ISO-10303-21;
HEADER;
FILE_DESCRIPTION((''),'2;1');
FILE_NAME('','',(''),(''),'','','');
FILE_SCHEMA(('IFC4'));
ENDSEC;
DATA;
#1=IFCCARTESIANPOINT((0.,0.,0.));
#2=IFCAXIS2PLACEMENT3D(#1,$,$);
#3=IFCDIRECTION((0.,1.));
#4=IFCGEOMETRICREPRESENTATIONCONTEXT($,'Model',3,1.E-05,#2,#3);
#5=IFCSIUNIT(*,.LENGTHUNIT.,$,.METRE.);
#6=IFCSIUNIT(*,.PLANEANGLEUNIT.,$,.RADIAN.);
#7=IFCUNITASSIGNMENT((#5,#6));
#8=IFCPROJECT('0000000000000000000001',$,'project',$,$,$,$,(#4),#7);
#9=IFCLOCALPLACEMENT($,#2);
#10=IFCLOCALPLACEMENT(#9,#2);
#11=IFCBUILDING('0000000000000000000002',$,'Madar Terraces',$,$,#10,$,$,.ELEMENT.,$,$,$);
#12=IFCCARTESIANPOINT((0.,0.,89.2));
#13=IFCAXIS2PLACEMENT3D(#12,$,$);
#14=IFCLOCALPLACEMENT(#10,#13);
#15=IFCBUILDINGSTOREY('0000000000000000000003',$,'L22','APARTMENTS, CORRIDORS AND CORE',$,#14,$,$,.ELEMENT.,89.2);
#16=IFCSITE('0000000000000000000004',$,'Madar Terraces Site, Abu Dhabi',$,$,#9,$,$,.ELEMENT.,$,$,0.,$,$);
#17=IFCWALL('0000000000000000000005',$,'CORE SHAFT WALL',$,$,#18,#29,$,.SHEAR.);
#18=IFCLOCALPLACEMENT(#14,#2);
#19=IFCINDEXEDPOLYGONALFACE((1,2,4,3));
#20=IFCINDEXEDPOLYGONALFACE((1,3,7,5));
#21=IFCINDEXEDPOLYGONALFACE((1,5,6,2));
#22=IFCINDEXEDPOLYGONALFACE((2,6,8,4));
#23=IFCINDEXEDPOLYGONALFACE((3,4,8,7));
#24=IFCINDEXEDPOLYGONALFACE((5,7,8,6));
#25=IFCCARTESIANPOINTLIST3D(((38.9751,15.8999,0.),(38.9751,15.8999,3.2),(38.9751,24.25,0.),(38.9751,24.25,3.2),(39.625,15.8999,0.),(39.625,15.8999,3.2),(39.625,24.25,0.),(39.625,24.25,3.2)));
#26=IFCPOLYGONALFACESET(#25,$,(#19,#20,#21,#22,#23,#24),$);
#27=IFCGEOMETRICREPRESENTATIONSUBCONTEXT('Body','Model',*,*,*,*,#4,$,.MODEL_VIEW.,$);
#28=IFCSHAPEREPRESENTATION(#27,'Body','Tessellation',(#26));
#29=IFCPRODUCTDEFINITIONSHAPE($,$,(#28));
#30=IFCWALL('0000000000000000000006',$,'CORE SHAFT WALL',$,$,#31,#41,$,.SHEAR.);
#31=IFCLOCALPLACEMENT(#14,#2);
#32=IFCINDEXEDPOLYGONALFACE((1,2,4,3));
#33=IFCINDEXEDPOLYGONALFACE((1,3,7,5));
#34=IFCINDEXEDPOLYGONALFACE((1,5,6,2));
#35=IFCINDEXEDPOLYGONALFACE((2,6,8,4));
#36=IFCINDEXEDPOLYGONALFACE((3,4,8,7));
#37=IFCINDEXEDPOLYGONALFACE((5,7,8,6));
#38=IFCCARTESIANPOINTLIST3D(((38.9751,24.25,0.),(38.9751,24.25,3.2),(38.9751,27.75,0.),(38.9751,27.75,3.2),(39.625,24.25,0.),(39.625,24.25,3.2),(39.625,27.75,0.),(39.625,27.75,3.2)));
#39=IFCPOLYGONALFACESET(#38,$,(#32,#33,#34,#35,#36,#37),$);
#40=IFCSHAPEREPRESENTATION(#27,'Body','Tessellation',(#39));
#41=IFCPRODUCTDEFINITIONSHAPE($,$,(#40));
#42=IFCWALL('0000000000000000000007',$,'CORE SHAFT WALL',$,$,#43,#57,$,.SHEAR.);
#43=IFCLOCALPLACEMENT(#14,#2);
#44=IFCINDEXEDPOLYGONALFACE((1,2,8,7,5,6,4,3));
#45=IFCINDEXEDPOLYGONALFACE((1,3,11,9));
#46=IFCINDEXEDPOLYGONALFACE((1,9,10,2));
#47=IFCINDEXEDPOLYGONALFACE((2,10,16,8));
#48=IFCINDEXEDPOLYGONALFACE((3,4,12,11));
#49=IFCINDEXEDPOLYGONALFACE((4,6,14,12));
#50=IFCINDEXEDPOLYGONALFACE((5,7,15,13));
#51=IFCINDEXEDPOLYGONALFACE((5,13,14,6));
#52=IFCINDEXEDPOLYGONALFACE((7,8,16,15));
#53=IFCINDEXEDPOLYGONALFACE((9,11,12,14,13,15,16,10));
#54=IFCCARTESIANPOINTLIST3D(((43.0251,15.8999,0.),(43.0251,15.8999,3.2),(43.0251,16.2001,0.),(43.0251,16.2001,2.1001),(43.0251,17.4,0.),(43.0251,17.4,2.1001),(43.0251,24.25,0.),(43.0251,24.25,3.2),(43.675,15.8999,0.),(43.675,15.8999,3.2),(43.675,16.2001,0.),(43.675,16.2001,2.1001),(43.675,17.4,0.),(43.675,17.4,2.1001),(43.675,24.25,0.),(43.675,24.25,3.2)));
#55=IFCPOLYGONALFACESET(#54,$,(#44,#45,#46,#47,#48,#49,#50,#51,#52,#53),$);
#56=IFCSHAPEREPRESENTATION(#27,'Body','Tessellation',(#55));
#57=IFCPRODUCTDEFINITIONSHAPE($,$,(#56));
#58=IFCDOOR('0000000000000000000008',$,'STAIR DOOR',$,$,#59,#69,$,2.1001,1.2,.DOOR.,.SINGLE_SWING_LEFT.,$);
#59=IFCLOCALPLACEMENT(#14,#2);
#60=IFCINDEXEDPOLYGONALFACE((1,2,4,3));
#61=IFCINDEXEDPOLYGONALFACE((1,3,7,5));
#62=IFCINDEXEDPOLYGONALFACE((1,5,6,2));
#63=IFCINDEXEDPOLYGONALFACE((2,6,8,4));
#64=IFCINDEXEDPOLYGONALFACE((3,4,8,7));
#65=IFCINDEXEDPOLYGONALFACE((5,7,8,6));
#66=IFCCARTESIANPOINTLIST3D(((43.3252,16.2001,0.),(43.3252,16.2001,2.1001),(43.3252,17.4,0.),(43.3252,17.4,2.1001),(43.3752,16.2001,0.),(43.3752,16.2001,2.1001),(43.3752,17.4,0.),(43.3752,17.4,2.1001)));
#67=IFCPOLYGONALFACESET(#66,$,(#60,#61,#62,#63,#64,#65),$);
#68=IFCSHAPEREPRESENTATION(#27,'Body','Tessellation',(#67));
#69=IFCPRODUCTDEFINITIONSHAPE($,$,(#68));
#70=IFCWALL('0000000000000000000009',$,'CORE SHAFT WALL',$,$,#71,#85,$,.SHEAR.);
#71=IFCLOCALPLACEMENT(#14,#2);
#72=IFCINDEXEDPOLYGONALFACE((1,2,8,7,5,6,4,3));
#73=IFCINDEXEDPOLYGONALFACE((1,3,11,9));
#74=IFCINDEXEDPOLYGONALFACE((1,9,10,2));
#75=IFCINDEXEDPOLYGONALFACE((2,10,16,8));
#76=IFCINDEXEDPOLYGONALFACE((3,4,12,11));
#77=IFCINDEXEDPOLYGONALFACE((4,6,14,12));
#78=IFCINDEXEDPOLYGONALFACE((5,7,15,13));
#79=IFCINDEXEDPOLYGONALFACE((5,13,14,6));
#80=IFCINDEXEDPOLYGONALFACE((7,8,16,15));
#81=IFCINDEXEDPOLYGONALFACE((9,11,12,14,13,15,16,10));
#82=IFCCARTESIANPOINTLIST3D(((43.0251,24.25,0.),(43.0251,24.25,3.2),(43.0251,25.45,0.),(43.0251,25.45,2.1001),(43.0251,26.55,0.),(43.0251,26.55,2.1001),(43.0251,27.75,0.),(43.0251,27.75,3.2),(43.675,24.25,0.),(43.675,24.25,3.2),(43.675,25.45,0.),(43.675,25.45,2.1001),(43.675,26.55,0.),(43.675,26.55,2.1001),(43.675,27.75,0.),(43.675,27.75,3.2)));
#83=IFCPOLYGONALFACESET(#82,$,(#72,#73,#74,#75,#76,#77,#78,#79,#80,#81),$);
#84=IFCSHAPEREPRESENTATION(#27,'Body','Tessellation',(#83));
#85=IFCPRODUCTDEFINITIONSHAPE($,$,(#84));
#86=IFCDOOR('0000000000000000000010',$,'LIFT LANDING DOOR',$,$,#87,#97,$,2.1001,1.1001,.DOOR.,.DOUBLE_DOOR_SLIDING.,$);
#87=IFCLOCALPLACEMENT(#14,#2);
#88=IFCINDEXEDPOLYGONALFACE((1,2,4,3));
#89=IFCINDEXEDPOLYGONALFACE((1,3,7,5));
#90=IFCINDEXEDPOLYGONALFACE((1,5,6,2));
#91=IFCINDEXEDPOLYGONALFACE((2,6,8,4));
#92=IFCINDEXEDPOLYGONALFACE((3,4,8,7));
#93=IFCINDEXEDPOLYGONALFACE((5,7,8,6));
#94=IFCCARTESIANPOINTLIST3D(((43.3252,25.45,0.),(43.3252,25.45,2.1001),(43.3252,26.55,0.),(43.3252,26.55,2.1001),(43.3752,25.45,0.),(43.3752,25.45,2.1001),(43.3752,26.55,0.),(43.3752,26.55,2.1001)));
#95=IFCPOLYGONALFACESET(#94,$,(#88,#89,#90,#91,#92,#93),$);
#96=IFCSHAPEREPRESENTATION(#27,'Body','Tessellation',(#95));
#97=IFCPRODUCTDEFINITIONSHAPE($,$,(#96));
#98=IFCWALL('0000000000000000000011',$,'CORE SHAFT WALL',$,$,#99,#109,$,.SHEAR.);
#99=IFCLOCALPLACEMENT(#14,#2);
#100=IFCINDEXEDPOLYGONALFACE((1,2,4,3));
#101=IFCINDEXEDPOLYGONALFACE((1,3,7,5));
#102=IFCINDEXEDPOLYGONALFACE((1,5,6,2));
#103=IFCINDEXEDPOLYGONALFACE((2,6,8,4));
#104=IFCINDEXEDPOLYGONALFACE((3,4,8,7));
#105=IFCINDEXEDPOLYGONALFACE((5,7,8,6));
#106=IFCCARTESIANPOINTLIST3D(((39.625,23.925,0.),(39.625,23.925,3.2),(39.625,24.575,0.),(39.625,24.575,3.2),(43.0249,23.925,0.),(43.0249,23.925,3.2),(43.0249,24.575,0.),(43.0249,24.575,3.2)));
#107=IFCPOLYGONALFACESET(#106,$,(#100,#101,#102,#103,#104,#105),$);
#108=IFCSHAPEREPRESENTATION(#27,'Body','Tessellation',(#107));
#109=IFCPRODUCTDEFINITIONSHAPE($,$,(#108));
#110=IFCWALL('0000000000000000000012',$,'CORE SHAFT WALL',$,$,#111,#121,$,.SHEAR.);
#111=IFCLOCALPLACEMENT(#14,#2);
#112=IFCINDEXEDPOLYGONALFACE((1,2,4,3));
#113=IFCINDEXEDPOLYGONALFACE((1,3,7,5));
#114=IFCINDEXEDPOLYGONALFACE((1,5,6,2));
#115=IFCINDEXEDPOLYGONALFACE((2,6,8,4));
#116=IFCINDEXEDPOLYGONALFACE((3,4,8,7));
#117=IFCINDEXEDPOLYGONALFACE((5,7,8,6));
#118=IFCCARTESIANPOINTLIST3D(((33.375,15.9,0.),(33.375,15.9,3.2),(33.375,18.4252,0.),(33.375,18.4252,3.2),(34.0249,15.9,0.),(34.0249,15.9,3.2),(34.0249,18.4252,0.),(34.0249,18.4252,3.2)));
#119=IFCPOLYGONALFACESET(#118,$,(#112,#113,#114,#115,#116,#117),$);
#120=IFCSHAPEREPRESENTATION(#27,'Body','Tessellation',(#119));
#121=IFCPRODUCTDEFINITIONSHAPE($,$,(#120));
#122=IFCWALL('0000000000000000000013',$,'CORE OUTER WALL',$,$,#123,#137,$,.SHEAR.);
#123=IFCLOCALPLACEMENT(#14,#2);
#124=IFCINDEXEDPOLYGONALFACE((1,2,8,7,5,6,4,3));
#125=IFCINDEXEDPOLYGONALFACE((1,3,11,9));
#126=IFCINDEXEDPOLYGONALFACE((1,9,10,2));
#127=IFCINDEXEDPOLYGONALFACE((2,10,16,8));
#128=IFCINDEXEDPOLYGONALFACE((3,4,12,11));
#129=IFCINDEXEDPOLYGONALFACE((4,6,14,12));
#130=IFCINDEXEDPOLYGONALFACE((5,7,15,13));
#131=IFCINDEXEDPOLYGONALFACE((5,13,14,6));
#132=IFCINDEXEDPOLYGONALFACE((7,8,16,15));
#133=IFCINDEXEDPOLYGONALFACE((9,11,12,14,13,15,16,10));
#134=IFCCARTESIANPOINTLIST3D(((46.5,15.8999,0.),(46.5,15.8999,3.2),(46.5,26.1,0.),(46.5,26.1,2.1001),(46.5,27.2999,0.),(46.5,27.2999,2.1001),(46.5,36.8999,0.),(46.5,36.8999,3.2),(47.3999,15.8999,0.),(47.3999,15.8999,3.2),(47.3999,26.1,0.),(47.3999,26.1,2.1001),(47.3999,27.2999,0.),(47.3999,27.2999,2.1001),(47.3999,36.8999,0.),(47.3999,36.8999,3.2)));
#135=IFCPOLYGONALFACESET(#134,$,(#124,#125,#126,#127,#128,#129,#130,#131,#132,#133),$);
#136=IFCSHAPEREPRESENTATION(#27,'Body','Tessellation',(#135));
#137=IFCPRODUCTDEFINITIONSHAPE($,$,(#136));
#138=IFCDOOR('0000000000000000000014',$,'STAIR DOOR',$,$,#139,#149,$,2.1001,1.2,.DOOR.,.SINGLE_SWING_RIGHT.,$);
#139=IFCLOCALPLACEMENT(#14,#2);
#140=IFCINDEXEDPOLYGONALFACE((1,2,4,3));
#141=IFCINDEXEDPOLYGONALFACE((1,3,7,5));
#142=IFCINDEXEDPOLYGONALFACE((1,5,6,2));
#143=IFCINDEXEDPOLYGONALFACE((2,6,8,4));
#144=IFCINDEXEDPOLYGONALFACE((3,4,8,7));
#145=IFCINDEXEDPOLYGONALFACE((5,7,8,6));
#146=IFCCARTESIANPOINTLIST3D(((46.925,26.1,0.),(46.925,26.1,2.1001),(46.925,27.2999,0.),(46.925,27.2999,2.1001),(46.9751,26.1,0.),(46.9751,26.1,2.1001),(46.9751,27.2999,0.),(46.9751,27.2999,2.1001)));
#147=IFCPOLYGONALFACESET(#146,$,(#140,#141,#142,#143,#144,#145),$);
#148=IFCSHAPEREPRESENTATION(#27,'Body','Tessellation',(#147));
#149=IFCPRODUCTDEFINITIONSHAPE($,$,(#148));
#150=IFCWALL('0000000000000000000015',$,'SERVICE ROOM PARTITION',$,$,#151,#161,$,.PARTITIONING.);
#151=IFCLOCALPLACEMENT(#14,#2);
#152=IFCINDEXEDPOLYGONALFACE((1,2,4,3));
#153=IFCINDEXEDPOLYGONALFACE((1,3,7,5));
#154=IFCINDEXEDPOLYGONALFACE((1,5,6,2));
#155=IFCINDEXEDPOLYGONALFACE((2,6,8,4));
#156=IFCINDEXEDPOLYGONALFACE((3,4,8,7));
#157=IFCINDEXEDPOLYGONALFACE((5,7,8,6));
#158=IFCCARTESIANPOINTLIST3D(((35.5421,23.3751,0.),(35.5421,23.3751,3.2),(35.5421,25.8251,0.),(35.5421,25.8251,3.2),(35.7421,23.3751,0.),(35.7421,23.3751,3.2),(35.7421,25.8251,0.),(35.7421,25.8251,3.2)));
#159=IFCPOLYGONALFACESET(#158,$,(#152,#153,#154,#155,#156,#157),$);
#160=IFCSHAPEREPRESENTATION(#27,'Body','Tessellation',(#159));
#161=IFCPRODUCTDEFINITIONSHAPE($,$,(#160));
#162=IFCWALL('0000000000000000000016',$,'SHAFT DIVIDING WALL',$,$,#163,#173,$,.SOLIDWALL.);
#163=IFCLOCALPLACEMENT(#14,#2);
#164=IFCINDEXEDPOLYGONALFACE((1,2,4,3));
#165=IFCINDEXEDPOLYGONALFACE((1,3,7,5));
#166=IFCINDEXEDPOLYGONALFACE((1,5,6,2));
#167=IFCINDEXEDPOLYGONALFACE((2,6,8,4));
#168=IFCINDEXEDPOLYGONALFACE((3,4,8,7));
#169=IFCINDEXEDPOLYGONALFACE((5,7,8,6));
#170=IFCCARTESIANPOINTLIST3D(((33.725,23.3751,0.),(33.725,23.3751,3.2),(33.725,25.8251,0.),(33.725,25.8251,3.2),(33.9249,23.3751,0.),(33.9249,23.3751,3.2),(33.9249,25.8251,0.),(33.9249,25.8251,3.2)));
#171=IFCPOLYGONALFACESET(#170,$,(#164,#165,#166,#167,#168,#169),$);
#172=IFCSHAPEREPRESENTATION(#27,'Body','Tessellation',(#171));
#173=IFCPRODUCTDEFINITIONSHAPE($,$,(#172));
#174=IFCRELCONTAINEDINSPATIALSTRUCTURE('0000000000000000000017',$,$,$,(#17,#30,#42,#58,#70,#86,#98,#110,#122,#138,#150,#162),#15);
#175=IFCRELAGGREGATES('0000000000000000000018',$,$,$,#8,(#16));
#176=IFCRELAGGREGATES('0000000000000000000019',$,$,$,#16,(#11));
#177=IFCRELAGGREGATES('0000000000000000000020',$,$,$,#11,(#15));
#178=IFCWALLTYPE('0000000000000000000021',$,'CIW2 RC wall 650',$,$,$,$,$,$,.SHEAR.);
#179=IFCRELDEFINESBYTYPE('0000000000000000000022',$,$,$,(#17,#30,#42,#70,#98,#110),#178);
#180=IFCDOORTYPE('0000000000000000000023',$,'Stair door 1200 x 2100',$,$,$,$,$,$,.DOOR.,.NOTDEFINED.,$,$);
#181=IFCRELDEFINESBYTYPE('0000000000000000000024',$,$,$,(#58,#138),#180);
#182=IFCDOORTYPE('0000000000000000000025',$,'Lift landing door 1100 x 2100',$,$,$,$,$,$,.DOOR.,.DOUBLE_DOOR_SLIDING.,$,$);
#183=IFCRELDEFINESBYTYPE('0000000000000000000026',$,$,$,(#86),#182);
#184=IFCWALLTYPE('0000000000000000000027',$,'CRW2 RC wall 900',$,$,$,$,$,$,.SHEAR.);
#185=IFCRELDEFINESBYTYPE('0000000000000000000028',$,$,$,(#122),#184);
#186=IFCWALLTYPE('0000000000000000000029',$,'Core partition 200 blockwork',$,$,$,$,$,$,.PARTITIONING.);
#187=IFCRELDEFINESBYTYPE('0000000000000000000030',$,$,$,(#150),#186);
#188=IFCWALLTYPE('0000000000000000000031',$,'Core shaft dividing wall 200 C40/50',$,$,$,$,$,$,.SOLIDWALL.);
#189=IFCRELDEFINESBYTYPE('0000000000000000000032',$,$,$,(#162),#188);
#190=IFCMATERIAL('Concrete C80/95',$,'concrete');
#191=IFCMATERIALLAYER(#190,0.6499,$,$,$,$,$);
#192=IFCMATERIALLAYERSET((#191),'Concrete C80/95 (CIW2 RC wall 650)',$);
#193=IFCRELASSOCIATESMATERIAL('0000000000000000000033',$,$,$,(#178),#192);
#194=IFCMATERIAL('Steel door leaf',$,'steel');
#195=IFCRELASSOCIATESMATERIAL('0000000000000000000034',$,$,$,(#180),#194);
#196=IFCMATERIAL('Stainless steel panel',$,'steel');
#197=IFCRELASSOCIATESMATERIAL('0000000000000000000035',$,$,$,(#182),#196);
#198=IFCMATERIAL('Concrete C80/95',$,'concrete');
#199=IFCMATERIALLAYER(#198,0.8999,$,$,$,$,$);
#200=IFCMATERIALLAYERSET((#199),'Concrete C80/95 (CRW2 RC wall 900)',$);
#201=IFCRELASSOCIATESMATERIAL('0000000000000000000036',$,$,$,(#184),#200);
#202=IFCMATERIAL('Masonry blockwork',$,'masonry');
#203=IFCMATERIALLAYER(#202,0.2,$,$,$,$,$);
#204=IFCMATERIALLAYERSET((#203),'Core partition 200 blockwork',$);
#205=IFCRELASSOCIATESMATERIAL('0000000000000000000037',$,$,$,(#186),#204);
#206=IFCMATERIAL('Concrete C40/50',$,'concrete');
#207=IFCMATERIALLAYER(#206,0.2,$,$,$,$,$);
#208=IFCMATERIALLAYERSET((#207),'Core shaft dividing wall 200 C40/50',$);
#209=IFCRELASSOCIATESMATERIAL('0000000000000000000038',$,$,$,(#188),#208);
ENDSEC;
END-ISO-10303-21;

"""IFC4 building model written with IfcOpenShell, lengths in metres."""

from ifc_helpers import new_model, si_unit, direction, frame, frame_2d, origin, place, context, subcontext, project, spatial, rectangle, extrude, material, layer, layer_set, type_object, element, fill, save


model = new_model("IFC4")

# Units and contexts
model_context = context("Model", 3, precision=1e-05, world=origin(), true_north=direction((0.0, 1.0)))
body_context = subcontext(model_context, "Body", "Model", "MODEL_VIEW")
ifc_project = project(units=[si_unit("LENGTHUNIT", "METRE"), si_unit("PLANEANGLEUNIT", "RADIAN")], contexts=[model_context])

# Site, building, storey
site_placement = place(None, origin())
site = spatial("IfcSite", under=ifc_project, at=site_placement, Name="Madar Terraces Site, Abu Dhabi", CompositionType="ELEMENT", RefElevation=0.0)
building_placement = place(site_placement, origin())
building = spatial("IfcBuilding", under=site, at=building_placement, Name="Madar Terraces", CompositionType="ELEMENT")
storey_placement = place(building_placement, frame((0.0, 0.0, 89.2)))
storey = spatial("IfcBuildingStorey", under=building, at=storey_placement, Name="L22", Description="APARTMENTS, CORRIDORS AND CORE", CompositionType="ELEMENT", Elevation=89.2)

# Walls
ifc_material_1 = material(Name="Concrete C80/95", Category="concrete")
ifc_layer_1 = layer(ifc_material_1, 0.6499)
ifc_layer_set_1 = layer_set([ifc_layer_1], Name="Concrete C80/95 (CIW2 RC wall 650)")
wall_type_1 = type_object("IfcWallType", Name="CIW2 RC wall 650", PredefinedType="SHEAR", material=ifc_layer_set_1)
wall_1_placement = place(storey_placement, frame((39.3, 15.8999, 0.0), z_axis=(0.0, 0.0, 1.0), x_axis=(0.0, 1.0, 0.0)))
element("IfcWall", 1, at=wall_1_placement, inside=storey, type_object=wall_type_1, Name="CORE SHAFT WALL", PredefinedType="SHEAR", context=body_context, shape_type="SweptSolid", body=[
    extrude(rectangle(XDim=8.3501, YDim=0.6499, at=frame_2d((4.175, 0.0))), origin(), (0.0, 0.0, 1.0), 3.2),
])
wall_2_placement = place(storey_placement, frame((39.3, 24.25, 0.0), z_axis=(0.0, 0.0, 1.0), x_axis=(0.0, 1.0, 0.0)))
element("IfcWall", 2, at=wall_2_placement, inside=storey, type_object=wall_type_1, Name="CORE SHAFT WALL", PredefinedType="SHEAR", context=body_context, shape_type="SweptSolid", body=[
    extrude(rectangle(XDim=3.5, YDim=0.6499, at=frame_2d((1.75, 0.0))), origin(), (0.0, 0.0, 1.0), 3.2),
])

# Walls, openings, doors
wall_3_placement = place(storey_placement, frame((43.3501, 15.8999, 0.0), z_axis=(0.0, 0.0, 1.0), x_axis=(0.0, 1.0, 0.0)))
wall_3 = element("IfcWall", 3, at=wall_3_placement, inside=storey, type_object=wall_type_1, Name="CORE SHAFT WALL", PredefinedType="SHEAR", context=body_context, shape_type="SweptSolid", body=[
    extrude(rectangle(XDim=8.3501, YDim=0.6499, at=frame_2d((4.175, 0.0))), origin(), (0.0, 0.0, 1.0), 3.2),
])
opening_1_placement = place(wall_3_placement, frame((0.3, 0.0, 0.0)))
opening_1 = element("IfcOpeningElement", 4, at=opening_1_placement, cuts=wall_3, PredefinedType="OPENING", context=body_context, shape_type="SweptSolid", body=[
    extrude(rectangle(XDim=1.2, YDim=2.1001, at=frame_2d((0.6001, 1.05))), frame((0.0, 0.335, 0.0), z_axis=(0.0, -1.0, 0.0), x_axis=(1.0, 0.0, 0.0)), (0.0, 0.0, 1.0), 0.6699),
])
ifc_material_2 = material(Name="Steel door leaf", Category="steel")
door_type_1 = type_object("IfcDoorType", Name="Stair door 1200 x 2100", OperationType="NOTDEFINED", PredefinedType="DOOR", material=ifc_material_2)
door_1_placement = place(opening_1_placement, origin())
door_1 = element("IfcDoor", 5, at=door_1_placement, inside=storey, type_object=door_type_1, Name="STAIR DOOR", OperationType="SINGLE_SWING_LEFT", OverallHeight=2.1001, OverallWidth=1.2, PredefinedType="DOOR", context=body_context, shape_type="SweptSolid", body=[
    extrude(rectangle(XDim=1.2, YDim=2.1001, at=frame_2d((0.6001, 1.05))), frame((0.0, 0.0249, 0.0), z_axis=(0.0, -1.0, 0.0), x_axis=(1.0, 0.0, 0.0)), (0.0, 0.0, 1.0), 0.05),
])
fill(opening_1, door_1)
wall_4_placement = place(storey_placement, frame((43.3501, 24.25, 0.0), z_axis=(0.0, 0.0, 1.0), x_axis=(0.0, 1.0, 0.0)))
wall_4 = element("IfcWall", 6, at=wall_4_placement, inside=storey, type_object=wall_type_1, Name="CORE SHAFT WALL", PredefinedType="SHEAR", context=body_context, shape_type="SweptSolid", body=[
    extrude(rectangle(XDim=3.5, YDim=0.6499, at=frame_2d((1.75, 0.0))), origin(), (0.0, 0.0, 1.0), 3.2),
])
opening_2_placement = place(wall_4_placement, frame((1.2, 0.0, 0.0)))
opening_2 = element("IfcOpeningElement", 7, at=opening_2_placement, cuts=wall_4, PredefinedType="OPENING", context=body_context, shape_type="SweptSolid", body=[
    extrude(rectangle(XDim=1.1001, YDim=2.1001, at=frame_2d((0.55, 1.05))), frame((0.0, 0.335, 0.0), z_axis=(0.0, -1.0, 0.0), x_axis=(1.0, 0.0, 0.0)), (0.0, 0.0, 1.0), 0.6699),
])
ifc_material_3 = material(Name="Stainless steel panel", Category="steel")
door_type_2 = type_object("IfcDoorType", Name="Lift landing door 1100 x 2100", OperationType="DOUBLE_DOOR_SLIDING", PredefinedType="DOOR", material=ifc_material_3)
door_2_placement = place(opening_2_placement, origin())
door_2 = element("IfcDoor", 8, at=door_2_placement, inside=storey, type_object=door_type_2, Name="LIFT LANDING DOOR", OperationType="DOUBLE_DOOR_SLIDING", OverallHeight=2.1001, OverallWidth=1.1001, PredefinedType="DOOR", context=body_context, shape_type="SweptSolid", body=[
    extrude(rectangle(XDim=1.1001, YDim=2.1001, at=frame_2d((0.55, 1.05))), frame((0.0, 0.0249, 0.0), z_axis=(0.0, -1.0, 0.0), x_axis=(1.0, 0.0, 0.0)), (0.0, 0.0, 1.0), 0.05),
])
fill(opening_2, door_2)

# Walls
wall_5_placement = place(storey_placement, frame((39.625, 24.25, 0.0), z_axis=(0.0, 0.0, 1.0), x_axis=(1.0, 0.0, 0.0)))
element("IfcWall", 9, at=wall_5_placement, inside=storey, type_object=wall_type_1, Name="CORE SHAFT WALL", PredefinedType="SHEAR", context=body_context, shape_type="SweptSolid", body=[
    extrude(rectangle(XDim=3.3999, YDim=0.6499, at=frame_2d((1.7, 0.0))), origin(), (0.0, 0.0, 1.0), 3.2),
])
wall_6_placement = place(storey_placement, frame((33.7, 15.8999, 0.0), z_axis=(0.0, 0.0, 1.0), x_axis=(0.0, 1.0, 0.0)))
element("IfcWall", 10, at=wall_6_placement, inside=storey, type_object=wall_type_1, Name="CORE SHAFT WALL", PredefinedType="SHEAR", context=body_context, shape_type="SweptSolid", body=[
    extrude(rectangle(XDim=2.5251, YDim=0.6499, at=frame_2d((1.2627, 0.0))), origin(), (0.0, 0.0, 1.0), 3.2),
])

# Wall, opening, door
ifc_material_4 = material(Name="Concrete C80/95", Category="concrete")
ifc_layer_2 = layer(ifc_material_4, 0.8999)
ifc_layer_set_2 = layer_set([ifc_layer_2], Name="Concrete C80/95 (CRW2 RC wall 900)")
wall_type_2 = type_object("IfcWallType", Name="CRW2 RC wall 900", PredefinedType="SHEAR", material=ifc_layer_set_2)
wall_7_placement = place(storey_placement, frame((46.95, 15.8999, 0.0), z_axis=(0.0, 0.0, 1.0), x_axis=(0.0, 1.0, 0.0)))
wall_7 = element("IfcWall", 11, at=wall_7_placement, inside=storey, type_object=wall_type_2, Name="CORE OUTER WALL", PredefinedType="SHEAR", context=body_context, shape_type="SweptSolid", body=[
    extrude(rectangle(XDim=21.0, YDim=0.8999, at=frame_2d((10.5, 0.0))), origin(), (0.0, 0.0, 1.0), 3.2),
])
opening_3_placement = place(wall_7_placement, frame((10.2, 0.0, 0.0)))
opening_3 = element("IfcOpeningElement", 12, at=opening_3_placement, cuts=wall_7, PredefinedType="OPENING", context=body_context, shape_type="SweptSolid", body=[
    extrude(rectangle(XDim=1.2, YDim=2.1001, at=frame_2d((0.6001, 1.05))), frame((0.0, 0.46, 0.0), z_axis=(0.0, -1.0, 0.0), x_axis=(1.0, 0.0, 0.0)), (0.0, 0.0, 1.0), 0.9199),
])
door_3_placement = place(opening_3_placement, origin())
door_3 = element("IfcDoor", 13, at=door_3_placement, inside=storey, type_object=door_type_1, Name="STAIR DOOR", OperationType="SINGLE_SWING_RIGHT", OverallHeight=2.1001, OverallWidth=1.2, PredefinedType="DOOR", context=body_context, shape_type="SweptSolid", body=[
    extrude(rectangle(XDim=1.2, YDim=2.1001, at=frame_2d((0.6001, 1.05))), frame((0.0, 0.0249, 0.0), z_axis=(0.0, -1.0, 0.0), x_axis=(1.0, 0.0, 0.0)), (0.0, 0.0, 1.0), 0.05),
])
fill(opening_3, door_3)

# Walls
ifc_material_5 = material(Name="Masonry blockwork", Category="masonry")
ifc_layer_3 = layer(ifc_material_5, 0.2)
ifc_layer_set_3 = layer_set([ifc_layer_3], Name="Core partition 200 blockwork")
wall_type_3 = type_object("IfcWallType", Name="Core partition 200 blockwork", PredefinedType="PARTITIONING", material=ifc_layer_set_3)
wall_8_placement = place(storey_placement, frame((35.6421, 23.375, 0.0), z_axis=(0.0, 0.0, 1.0), x_axis=(0.0, 1.0, 0.0)))
element("IfcWall", 14, at=wall_8_placement, inside=storey, type_object=wall_type_3, Name="SERVICE ROOM PARTITION", PredefinedType="PARTITIONING", context=body_context, shape_type="SweptSolid", body=[
    extrude(rectangle(XDim=2.45, YDim=0.2, at=frame_2d((1.2251, 0.0))), origin(), (0.0, 0.0, 1.0), 3.2),
])
ifc_material_6 = material(Name="Concrete C40/50", Category="concrete")
ifc_layer_4 = layer(ifc_material_6, 0.2)
ifc_layer_set_4 = layer_set([ifc_layer_4], Name="Core shaft dividing wall 200 C40/50")
wall_type_4 = type_object("IfcWallType", Name="Core shaft dividing wall 200 C40/50", PredefinedType="SOLIDWALL", material=ifc_layer_set_4)
wall_9_placement = place(storey_placement, frame((33.825, 23.375, 0.0), z_axis=(0.0, 0.0, 1.0), x_axis=(0.0, 1.0, 0.0)))
element("IfcWall", 15, at=wall_9_placement, inside=storey, type_object=wall_type_4, Name="SHAFT DIVIDING WALL", PredefinedType="SOLIDWALL", context=body_context, shape_type="SweptSolid", body=[
    extrude(rectangle(XDim=2.45, YDim=0.2, at=frame_2d((1.2251, 0.0))), origin(), (0.0, 0.0, 1.0), 3.2),
])

save(model, "model.ifc")
